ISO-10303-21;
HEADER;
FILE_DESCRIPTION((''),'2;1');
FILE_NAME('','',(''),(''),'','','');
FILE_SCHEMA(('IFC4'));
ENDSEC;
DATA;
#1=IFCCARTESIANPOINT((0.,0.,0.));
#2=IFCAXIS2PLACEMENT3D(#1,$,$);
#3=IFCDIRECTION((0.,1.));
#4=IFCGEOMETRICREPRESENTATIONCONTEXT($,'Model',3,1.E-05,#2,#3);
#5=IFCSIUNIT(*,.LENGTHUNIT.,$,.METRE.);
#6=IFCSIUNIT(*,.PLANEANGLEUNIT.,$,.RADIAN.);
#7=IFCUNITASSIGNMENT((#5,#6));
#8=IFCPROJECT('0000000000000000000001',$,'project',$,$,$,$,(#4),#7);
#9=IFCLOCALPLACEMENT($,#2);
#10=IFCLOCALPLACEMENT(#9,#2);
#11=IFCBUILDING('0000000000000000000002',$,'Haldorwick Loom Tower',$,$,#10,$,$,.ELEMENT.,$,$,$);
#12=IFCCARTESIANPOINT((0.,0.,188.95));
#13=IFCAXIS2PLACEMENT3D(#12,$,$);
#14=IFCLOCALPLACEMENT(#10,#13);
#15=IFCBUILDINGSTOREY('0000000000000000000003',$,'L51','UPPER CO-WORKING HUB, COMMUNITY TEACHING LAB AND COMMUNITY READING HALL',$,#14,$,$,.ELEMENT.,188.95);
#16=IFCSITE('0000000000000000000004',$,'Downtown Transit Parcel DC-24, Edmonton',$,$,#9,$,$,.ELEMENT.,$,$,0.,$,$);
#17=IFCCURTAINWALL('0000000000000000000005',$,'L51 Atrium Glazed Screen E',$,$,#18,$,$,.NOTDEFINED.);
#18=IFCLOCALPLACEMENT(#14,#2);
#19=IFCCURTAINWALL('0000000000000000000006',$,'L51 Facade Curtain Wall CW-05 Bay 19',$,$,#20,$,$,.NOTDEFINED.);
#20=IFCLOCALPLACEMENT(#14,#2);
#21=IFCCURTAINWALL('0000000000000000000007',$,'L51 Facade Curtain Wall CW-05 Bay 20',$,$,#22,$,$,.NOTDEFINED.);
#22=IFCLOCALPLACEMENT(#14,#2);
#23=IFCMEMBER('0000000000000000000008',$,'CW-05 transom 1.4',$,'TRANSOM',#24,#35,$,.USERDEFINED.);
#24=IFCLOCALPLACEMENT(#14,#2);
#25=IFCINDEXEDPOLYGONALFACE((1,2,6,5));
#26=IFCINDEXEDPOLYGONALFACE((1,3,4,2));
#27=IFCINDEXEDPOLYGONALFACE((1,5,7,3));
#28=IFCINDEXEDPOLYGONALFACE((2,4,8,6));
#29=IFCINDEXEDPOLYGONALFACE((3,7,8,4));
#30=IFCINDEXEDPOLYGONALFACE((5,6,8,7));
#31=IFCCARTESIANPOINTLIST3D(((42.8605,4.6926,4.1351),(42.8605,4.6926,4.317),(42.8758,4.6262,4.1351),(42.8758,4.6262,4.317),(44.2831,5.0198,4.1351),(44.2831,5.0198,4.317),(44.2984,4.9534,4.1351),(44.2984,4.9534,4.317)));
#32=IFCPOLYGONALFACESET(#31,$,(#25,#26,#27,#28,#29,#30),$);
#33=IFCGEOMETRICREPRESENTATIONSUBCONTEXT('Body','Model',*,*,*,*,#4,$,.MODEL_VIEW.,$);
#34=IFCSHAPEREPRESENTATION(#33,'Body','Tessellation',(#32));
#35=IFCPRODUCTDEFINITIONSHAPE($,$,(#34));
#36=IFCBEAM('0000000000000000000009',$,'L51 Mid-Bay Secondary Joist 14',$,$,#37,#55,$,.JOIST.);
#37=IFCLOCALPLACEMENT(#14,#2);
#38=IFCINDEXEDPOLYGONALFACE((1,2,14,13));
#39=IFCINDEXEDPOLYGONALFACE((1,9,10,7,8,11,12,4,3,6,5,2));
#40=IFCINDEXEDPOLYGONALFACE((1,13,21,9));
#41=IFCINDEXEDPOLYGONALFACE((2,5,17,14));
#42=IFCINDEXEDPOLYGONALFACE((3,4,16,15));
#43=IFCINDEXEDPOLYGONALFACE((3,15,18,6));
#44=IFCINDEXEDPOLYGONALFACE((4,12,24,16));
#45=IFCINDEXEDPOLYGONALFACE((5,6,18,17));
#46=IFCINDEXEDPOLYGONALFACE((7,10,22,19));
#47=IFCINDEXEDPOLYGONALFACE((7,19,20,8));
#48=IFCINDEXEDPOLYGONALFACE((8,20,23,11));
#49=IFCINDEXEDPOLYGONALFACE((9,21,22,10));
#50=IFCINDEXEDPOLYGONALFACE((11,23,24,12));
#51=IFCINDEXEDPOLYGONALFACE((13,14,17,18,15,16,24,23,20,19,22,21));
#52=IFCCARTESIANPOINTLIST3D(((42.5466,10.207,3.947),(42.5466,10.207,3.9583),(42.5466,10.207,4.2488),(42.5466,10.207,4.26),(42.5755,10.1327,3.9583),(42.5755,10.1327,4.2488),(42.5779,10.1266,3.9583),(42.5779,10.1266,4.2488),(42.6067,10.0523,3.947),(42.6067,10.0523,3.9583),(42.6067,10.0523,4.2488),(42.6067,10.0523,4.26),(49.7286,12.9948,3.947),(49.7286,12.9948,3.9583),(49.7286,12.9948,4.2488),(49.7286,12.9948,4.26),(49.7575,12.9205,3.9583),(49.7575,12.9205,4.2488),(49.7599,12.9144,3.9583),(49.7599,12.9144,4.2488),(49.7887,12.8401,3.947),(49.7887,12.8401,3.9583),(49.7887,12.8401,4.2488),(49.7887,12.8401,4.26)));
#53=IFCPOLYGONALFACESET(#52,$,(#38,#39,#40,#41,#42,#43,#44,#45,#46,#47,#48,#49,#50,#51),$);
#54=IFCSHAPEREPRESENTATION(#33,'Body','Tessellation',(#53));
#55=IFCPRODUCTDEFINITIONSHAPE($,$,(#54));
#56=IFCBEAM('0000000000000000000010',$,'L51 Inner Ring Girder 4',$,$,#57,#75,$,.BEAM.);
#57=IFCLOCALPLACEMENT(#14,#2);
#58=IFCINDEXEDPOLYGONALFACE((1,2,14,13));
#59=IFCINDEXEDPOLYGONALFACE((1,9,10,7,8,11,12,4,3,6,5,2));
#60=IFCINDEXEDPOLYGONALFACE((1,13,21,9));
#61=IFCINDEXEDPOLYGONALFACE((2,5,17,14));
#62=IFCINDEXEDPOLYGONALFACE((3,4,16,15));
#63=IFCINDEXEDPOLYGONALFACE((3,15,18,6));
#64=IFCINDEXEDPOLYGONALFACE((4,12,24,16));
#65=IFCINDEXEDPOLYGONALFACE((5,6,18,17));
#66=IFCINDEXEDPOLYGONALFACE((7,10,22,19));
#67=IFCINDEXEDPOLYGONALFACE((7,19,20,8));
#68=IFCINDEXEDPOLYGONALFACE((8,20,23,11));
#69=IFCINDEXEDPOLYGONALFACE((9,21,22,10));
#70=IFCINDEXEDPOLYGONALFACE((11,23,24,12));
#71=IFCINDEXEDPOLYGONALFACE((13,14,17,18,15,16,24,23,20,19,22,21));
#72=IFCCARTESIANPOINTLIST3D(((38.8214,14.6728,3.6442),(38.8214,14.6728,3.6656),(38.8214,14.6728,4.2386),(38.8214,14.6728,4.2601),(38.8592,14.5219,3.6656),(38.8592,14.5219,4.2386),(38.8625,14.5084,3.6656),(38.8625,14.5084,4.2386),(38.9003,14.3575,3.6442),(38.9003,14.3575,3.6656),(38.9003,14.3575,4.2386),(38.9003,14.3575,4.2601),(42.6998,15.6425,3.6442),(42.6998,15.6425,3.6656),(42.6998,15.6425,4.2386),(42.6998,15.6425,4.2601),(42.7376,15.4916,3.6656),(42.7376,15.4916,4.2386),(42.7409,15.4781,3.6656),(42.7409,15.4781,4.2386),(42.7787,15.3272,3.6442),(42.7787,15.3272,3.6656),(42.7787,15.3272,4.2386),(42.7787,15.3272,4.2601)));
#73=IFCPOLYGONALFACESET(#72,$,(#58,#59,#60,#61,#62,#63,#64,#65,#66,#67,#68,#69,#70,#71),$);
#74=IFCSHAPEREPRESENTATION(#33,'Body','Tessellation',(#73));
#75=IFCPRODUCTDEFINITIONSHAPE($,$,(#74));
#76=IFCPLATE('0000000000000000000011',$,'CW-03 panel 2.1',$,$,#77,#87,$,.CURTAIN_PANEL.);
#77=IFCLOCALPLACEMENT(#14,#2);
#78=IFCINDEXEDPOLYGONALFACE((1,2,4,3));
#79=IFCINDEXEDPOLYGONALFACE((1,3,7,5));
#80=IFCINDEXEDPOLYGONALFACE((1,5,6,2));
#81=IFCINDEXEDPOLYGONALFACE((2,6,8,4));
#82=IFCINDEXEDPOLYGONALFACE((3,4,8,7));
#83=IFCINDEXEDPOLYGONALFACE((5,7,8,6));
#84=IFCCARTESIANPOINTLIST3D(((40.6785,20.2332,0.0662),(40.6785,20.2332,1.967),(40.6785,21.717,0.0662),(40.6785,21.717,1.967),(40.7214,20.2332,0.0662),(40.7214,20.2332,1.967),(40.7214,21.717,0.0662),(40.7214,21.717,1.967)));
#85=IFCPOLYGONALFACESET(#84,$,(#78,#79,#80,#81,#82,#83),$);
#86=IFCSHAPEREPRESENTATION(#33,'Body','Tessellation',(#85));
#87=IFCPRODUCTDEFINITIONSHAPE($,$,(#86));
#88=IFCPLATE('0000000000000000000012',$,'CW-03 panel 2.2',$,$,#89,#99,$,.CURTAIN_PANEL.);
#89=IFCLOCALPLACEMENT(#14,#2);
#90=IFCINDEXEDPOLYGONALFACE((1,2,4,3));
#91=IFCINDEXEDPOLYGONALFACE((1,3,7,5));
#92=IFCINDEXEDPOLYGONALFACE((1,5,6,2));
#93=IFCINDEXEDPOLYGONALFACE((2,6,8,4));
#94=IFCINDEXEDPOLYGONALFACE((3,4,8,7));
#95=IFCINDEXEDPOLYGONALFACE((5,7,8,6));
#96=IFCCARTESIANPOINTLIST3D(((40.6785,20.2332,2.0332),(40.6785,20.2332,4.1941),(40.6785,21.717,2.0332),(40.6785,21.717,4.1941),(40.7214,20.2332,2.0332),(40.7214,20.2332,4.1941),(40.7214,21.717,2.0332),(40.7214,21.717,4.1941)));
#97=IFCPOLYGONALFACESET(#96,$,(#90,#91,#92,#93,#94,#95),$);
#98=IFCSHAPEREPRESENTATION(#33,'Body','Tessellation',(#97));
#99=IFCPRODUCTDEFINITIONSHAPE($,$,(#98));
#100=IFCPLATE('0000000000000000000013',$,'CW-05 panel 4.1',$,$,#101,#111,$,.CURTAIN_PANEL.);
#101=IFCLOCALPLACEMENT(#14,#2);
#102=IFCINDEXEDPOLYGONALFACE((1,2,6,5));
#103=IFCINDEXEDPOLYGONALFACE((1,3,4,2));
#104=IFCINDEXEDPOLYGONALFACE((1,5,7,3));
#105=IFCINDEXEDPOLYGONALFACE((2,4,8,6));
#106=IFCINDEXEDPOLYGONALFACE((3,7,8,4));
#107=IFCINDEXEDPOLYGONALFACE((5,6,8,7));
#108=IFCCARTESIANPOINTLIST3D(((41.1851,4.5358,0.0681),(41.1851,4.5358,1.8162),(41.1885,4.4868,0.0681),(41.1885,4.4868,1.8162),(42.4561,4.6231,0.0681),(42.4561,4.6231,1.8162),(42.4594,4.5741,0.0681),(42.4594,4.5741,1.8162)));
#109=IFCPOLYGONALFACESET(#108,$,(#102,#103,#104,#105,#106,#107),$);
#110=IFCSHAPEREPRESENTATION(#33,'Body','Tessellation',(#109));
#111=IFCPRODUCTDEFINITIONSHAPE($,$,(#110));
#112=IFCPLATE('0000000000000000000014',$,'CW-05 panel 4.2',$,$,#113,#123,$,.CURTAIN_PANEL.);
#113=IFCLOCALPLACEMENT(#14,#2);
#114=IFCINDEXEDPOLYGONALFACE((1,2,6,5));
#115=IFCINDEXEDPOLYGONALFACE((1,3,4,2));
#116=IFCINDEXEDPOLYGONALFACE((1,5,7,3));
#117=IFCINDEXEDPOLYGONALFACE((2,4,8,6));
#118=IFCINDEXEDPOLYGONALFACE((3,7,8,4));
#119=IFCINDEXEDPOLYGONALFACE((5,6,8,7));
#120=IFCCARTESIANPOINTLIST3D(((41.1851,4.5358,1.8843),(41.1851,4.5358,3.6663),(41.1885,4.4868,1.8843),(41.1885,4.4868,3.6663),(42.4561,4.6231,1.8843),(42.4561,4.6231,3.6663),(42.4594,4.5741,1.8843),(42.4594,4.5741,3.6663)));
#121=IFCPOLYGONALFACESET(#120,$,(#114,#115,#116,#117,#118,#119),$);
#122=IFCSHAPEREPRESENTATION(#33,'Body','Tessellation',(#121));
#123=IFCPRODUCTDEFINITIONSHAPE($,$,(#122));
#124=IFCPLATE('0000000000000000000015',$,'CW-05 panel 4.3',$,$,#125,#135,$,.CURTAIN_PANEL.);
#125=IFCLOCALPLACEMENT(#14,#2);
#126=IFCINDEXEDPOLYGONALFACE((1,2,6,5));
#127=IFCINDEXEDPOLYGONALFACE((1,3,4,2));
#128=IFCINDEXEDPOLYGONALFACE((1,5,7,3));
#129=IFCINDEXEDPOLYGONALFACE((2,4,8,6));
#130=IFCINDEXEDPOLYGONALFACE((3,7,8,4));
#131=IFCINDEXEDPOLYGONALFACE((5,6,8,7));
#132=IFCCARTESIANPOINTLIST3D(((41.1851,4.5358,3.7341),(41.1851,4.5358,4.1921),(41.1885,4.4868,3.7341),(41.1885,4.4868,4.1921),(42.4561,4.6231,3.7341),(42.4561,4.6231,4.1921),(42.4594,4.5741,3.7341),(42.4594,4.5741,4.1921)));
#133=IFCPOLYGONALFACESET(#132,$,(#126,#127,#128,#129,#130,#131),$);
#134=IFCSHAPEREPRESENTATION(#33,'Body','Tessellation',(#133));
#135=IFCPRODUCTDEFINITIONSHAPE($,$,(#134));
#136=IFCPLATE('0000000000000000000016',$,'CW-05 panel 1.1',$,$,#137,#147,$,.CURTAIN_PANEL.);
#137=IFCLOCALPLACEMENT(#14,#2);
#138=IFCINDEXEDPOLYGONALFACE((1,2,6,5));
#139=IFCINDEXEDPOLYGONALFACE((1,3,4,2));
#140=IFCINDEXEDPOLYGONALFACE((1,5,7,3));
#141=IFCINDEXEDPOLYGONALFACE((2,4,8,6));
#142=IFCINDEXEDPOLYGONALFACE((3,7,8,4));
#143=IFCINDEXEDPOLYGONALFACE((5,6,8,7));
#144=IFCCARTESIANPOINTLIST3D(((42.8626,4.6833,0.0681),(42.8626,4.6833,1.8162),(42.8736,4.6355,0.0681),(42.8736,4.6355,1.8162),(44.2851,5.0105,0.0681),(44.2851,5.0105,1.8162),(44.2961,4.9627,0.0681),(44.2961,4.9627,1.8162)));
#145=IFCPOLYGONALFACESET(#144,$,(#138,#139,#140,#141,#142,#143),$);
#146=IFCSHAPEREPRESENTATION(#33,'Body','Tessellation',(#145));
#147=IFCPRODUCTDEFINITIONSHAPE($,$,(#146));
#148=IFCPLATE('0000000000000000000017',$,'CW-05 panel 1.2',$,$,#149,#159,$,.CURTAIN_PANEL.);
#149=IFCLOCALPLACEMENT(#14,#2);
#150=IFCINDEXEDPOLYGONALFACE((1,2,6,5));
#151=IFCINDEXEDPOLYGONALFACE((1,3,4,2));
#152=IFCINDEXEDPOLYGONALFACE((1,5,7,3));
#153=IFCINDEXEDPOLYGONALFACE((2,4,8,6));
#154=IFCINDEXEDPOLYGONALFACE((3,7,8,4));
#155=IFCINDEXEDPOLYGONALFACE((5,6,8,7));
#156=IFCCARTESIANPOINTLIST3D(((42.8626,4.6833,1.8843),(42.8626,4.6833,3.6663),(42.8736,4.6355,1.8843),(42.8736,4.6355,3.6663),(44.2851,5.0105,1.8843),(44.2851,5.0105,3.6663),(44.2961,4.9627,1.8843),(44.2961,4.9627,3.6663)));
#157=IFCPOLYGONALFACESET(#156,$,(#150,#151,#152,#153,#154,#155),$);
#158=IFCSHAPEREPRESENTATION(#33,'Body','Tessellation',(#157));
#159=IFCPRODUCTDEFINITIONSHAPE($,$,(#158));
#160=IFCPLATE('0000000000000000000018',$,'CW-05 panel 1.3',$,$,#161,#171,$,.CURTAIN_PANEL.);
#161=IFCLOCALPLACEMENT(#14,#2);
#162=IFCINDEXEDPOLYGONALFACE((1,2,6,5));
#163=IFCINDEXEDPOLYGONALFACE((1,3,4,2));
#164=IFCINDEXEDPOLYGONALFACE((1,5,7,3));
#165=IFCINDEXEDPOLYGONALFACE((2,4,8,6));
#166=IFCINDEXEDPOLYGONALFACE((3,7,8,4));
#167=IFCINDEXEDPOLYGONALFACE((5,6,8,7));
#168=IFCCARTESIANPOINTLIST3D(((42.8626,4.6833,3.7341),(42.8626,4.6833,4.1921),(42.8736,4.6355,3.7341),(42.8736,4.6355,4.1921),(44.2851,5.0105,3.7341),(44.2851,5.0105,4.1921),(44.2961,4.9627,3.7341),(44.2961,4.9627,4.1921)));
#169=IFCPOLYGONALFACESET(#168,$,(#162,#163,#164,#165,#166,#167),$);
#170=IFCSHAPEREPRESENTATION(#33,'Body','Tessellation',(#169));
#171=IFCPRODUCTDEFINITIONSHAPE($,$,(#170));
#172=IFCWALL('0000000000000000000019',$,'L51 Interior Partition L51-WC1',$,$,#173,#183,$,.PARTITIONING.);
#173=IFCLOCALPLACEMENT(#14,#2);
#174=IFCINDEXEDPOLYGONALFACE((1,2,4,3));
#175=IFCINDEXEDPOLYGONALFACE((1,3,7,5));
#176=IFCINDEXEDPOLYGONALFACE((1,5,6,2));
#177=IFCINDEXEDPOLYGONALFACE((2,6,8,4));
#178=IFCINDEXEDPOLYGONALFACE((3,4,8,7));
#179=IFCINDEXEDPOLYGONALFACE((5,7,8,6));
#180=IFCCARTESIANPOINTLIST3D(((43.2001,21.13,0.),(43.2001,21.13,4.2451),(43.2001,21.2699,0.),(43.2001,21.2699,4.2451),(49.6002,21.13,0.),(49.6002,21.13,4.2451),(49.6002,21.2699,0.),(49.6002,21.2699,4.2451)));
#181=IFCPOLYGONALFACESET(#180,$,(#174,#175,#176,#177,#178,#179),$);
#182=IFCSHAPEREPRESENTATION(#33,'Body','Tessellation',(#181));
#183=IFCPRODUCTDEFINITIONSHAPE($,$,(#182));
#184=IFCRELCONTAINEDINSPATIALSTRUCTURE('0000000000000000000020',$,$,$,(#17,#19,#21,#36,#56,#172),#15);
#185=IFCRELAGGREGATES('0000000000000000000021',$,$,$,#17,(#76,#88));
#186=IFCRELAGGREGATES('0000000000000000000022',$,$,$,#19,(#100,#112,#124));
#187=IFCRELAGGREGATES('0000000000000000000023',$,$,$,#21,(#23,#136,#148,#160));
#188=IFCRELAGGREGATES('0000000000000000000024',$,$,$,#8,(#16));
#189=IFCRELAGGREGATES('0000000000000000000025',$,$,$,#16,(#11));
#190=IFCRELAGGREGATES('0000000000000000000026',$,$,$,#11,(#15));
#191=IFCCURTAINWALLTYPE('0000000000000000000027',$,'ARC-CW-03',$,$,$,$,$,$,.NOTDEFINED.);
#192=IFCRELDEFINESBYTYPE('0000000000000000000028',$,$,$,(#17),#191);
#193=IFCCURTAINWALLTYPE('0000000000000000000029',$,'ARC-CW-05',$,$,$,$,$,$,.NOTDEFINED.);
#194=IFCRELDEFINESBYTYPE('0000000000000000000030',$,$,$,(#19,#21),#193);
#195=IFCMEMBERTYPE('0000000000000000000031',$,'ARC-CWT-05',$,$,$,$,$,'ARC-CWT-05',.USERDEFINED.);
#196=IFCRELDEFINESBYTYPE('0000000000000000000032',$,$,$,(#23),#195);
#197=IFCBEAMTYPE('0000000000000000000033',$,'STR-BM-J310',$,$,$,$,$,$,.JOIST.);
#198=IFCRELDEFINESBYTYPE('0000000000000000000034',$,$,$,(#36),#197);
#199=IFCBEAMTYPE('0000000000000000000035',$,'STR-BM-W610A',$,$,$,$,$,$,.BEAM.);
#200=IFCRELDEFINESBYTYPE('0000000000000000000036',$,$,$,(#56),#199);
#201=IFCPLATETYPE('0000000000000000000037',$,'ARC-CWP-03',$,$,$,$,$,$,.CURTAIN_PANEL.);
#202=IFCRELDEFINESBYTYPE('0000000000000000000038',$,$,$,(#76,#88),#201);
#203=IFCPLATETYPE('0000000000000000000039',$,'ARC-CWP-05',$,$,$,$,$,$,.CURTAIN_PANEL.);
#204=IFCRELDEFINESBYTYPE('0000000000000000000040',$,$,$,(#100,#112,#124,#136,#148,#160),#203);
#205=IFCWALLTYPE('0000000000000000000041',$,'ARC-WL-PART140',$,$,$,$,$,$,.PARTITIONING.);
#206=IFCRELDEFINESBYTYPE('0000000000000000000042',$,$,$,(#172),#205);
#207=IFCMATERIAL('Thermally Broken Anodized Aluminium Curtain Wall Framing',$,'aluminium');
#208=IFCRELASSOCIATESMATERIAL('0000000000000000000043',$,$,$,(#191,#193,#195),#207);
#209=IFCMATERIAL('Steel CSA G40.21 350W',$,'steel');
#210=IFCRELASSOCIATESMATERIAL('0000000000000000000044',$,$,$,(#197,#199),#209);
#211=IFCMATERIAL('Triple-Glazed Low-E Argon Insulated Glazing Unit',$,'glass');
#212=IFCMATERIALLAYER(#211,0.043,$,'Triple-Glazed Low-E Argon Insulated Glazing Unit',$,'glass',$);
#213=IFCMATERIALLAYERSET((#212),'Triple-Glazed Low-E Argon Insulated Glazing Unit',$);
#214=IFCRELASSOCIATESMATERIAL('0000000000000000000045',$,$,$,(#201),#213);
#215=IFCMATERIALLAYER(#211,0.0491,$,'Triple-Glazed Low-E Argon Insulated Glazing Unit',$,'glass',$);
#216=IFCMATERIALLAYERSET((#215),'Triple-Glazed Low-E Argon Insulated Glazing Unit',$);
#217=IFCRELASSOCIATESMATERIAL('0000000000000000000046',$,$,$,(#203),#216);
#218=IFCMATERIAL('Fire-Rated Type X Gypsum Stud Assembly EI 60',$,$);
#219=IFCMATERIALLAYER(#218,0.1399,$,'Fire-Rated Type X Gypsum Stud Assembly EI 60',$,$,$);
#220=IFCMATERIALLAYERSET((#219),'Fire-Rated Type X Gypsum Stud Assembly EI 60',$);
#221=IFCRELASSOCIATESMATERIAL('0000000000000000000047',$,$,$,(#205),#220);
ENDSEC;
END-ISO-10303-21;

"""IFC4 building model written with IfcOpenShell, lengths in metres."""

from ifc_helpers import new_model, si_unit, direction, frame, frame_2d, origin, origin_2d, place, context, subcontext, project, spatial, rectangle, i_section, extrude, material, layer, layer_set, material_profile, profile_set, type_object, element, aggregate, save


model = new_model("IFC4")

# Units and contexts
model_context = context("Model", 3, precision=1e-05, world=origin(), true_north=direction((0.0, 1.0)))
body_context = subcontext(model_context, "Body", "Model", "MODEL_VIEW")
ifc_project = project(units=[si_unit("LENGTHUNIT", "METRE"), si_unit("PLANEANGLEUNIT", "RADIAN")], contexts=[model_context])

# Site, building, storey
site_placement = place(None, origin())
site = spatial("IfcSite", under=ifc_project, at=site_placement, Name="Downtown Transit Parcel DC-24, Edmonton", CompositionType="ELEMENT", RefElevation=0.0)
building_placement = place(site_placement, origin())
building = spatial("IfcBuilding", under=site, at=building_placement, Name="Haldorwick Loom Tower", CompositionType="ELEMENT")
storey_placement = place(building_placement, frame((0.0, 0.0, 188.95)))
storey = spatial("IfcBuildingStorey", under=building, at=storey_placement, Name="L51", Description="UPPER CO-WORKING HUB, COMMUNITY TEACHING LAB AND COMMUNITY READING HALL", CompositionType="ELEMENT", Elevation=188.95)

# Curtain wall
ifc_material_1 = material(Name="Thermally Broken Anodized Aluminium Curtain Wall Framing", Category="aluminium")
curtain_wall_type_1 = type_object("IfcCurtainWallType", Name="ARC-CW-03", PredefinedType="NOTDEFINED", material=ifc_material_1)
curtain_wall_1_placement = place(storey_placement, origin())
curtain_wall_1 = element("IfcCurtainWall", 1, at=curtain_wall_1_placement, inside=storey, type_object=curtain_wall_type_1, Name="L51 Atrium Glazed Screen E", PredefinedType="NOTDEFINED")

# Curtain wall
curtain_wall_type_2 = type_object("IfcCurtainWallType", Name="ARC-CW-05", PredefinedType="NOTDEFINED", material=ifc_material_1)
curtain_wall_2_placement = place(storey_placement, origin())
curtain_wall_2 = element("IfcCurtainWall", 2, at=curtain_wall_2_placement, inside=storey, type_object=curtain_wall_type_2, Name="L51 Facade Curtain Wall CW-05 Bay 19", PredefinedType="NOTDEFINED")

# Curtain wall
curtain_wall_3_placement = place(storey_placement, origin())
curtain_wall_3 = element("IfcCurtainWall", 3, at=curtain_wall_3_placement, inside=storey, type_object=curtain_wall_type_2, Name="L51 Facade Curtain Wall CW-05 Bay 20", PredefinedType="NOTDEFINED")

# Member
ifc_material_profile_1 = material_profile(ifc_material_1, rectangle(XDim=0.0681, YDim=0.1819, at=origin_2d()), Name="ALU_TRN_68X182", Category="aluminium")
ifc_profile_set_1 = profile_set([ifc_material_profile_1], Name="Thermally Broken Anodized Aluminium Curtain Wall Framing")
member_type_1 = type_object("IfcMemberType", Name="ARC-CWT-05", ElementType="ARC-CWT-05", PredefinedType="USERDEFINED", material=ifc_profile_set_1)
member_1_placement = place(storey_placement, frame((42.8682, 4.6594, 4.2261), z_axis=(0.974563, 0.224114, 0.0), x_axis=(-0.224114, 0.974563, 0.0)))
member_1 = element("IfcMember", 4, at=member_1_placement, type_object=member_type_1, Name="CW-05 transom 1.4", ObjectType="TRANSOM", PredefinedType="USERDEFINED", context=body_context, shape_type="SweptSolid", body=[
    extrude(rectangle(XDim=0.0681, YDim=0.1819, at=origin_2d()), origin(), (0.0, 0.0, 1.0), 1.4597),
])

# Beams
ifc_material_2 = material(Name="Steel CSA G40.21 350W", Category="steel")
ifc_material_profile_2 = material_profile(ifc_material_2, i_section(OverallWidth=0.166, OverallDepth=0.313, WebThickness=0.0066, FlangeThickness=0.0112, at=origin_2d()), Name="W310X45", Category="steel")
ifc_profile_set_2 = profile_set([ifc_material_profile_2], Name="Steel CSA G40.21 350W")
beam_type_1 = type_object("IfcBeamType", Name="STR-BM-J310", PredefinedType="JOIST", material=ifc_profile_set_2)
beam_1_placement = place(storey_placement, frame((42.5767, 10.1296, 4.1035), z_axis=(0.932233, 0.361859, 0.0), x_axis=(-0.361859, 0.932233, 0.0)))
element("IfcBeam", 5, at=beam_1_placement, inside=storey, type_object=beam_type_1, Name="L51 Mid-Bay Secondary Joist 14", PredefinedType="JOIST", context=body_context, shape_type="SweptSolid", body=[
    extrude(i_section(OverallWidth=0.166, OverallDepth=0.313, WebThickness=0.0066, FlangeThickness=0.0112, at=origin_2d()), origin(), (0.0, 0.0, 1.0), 7.7041),
])
ifc_material_profile_3 = material_profile(ifc_material_2, i_section(OverallWidth=0.325, OverallDepth=0.616, WebThickness=0.0139, FlangeThickness=0.0215, at=origin_2d()), Name="W610X174", Category="steel")
ifc_profile_set_3 = profile_set([ifc_material_profile_3], Name="Steel CSA G40.21 350W")
beam_type_2 = type_object("IfcBeamType", Name="STR-BM-W610A", PredefinedType="BEAM", material=ifc_profile_set_3)
beam_2_placement = place(storey_placement, frame((42.7393, 15.4849, 3.9521), z_axis=(-0.970135, -0.242564, 0.0), x_axis=(0.242564, -0.970135, 0.0)))
element("IfcBeam", 6, at=beam_2_placement, inside=storey, type_object=beam_type_2, Name="L51 Inner Ring Girder 4", PredefinedType="BEAM", context=body_context, shape_type="SweptSolid", body=[
    extrude(i_section(OverallWidth=0.325, OverallDepth=0.616, WebThickness=0.0139, FlangeThickness=0.0215, at=origin_2d()), origin(), (0.0, 0.0, 1.0), 3.9978),
])

# Plates
ifc_material_3 = material(Name="Triple-Glazed Low-E Argon Insulated Glazing Unit", Category="glass")
ifc_layer_1 = layer(ifc_material_3, 0.043, Name="Triple-Glazed Low-E Argon Insulated Glazing Unit", Category="glass")
ifc_layer_set_1 = layer_set([ifc_layer_1], Name="Triple-Glazed Low-E Argon Insulated Glazing Unit")
plate_type_1 = type_object("IfcPlateType", Name="ARC-CWP-03", PredefinedType="CURTAIN_PANEL", material=ifc_layer_set_1)
plate_1_placement = place(storey_placement, frame((40.7, 20.9751, 0.0662), z_axis=(0.0, 0.0, 1.0), x_axis=(0.0, -1.0, 0.0)))
plate_1 = element("IfcPlate", 7, at=plate_1_placement, type_object=plate_type_1, Name="CW-03 panel 2.1", PredefinedType="CURTAIN_PANEL", context=body_context, shape_type="SweptSolid", body=[
    extrude(rectangle(XDim=1.4839, YDim=0.043, at=origin_2d()), origin(), (0.0, 0.0, 1.0), 1.9009),
])
plate_2_placement = place(storey_placement, frame((40.7, 20.9751, 2.0332), z_axis=(0.0, 0.0, 1.0), x_axis=(0.0, -1.0, 0.0)))
plate_2 = element("IfcPlate", 8, at=plate_2_placement, type_object=plate_type_1, Name="CW-03 panel 2.2", PredefinedType="CURTAIN_PANEL", context=body_context, shape_type="SweptSolid", body=[
    extrude(rectangle(XDim=1.4839, YDim=0.043, at=origin_2d()), origin(), (0.0, 0.0, 1.0), 2.1609),
])
aggregate(curtain_wall_1, [plate_1, plate_2])
ifc_layer_2 = layer(ifc_material_3, 0.0491, Name="Triple-Glazed Low-E Argon Insulated Glazing Unit", Category="glass")
ifc_layer_set_2 = layer_set([ifc_layer_2], Name="Triple-Glazed Low-E Argon Insulated Glazing Unit")
plate_type_2 = type_object("IfcPlateType", Name="ARC-CWP-05", PredefinedType="CURTAIN_PANEL", material=ifc_layer_set_2)
plate_3_placement = place(storey_placement, frame((41.8223, 4.5549, 0.0681), z_axis=(0.0, 0.0, 1.0), x_axis=(0.99765, 0.068513, 0.0)))
plate_3 = element("IfcPlate", 9, at=plate_3_placement, type_object=plate_type_2, Name="CW-05 panel 4.1", PredefinedType="CURTAIN_PANEL", context=body_context, shape_type="SweptSolid", body=[
    extrude(rectangle(XDim=1.2739, YDim=0.0491, at=origin_2d()), origin(), (0.0, 0.0, 1.0), 1.748),
])
plate_4_placement = place(storey_placement, frame((41.8223, 4.5549, 1.8843), z_axis=(0.0, 0.0, 1.0), x_axis=(0.99765, 0.068513, 0.0)))
plate_4 = element("IfcPlate", 10, at=plate_4_placement, type_object=plate_type_2, Name="CW-05 panel 4.2", PredefinedType="CURTAIN_PANEL", context=body_context, shape_type="SweptSolid", body=[
    extrude(rectangle(XDim=1.2739, YDim=0.0491, at=origin_2d()), origin(), (0.0, 0.0, 1.0), 1.782),
])
plate_5_placement = place(storey_placement, frame((41.8223, 4.5549, 3.7341), z_axis=(0.0, 0.0, 1.0), x_axis=(0.99765, 0.068513, 0.0)))
plate_5 = element("IfcPlate", 11, at=plate_5_placement, type_object=plate_type_2, Name="CW-05 panel 4.3", PredefinedType="CURTAIN_PANEL", context=body_context, shape_type="SweptSolid", body=[
    extrude(rectangle(XDim=1.2739, YDim=0.0491, at=origin_2d()), origin(), (0.0, 0.0, 1.0), 0.458),
])
aggregate(curtain_wall_2, [plate_3, plate_4, plate_5])
plate_6_placement = place(storey_placement, frame((43.5793, 4.823, 0.0681), z_axis=(0.0, 0.0, 1.0), x_axis=(0.974557, 0.224142, 0.0)))
plate_6 = element("IfcPlate", 12, at=plate_6_placement, type_object=plate_type_2, Name="CW-05 panel 1.1", PredefinedType="CURTAIN_PANEL", context=body_context, shape_type="SweptSolid", body=[
    extrude(rectangle(XDim=1.4597, YDim=0.0491, at=origin_2d()), origin(), (0.0, 0.0, 1.0), 1.748),
])
plate_7_placement = place(storey_placement, frame((43.5793, 4.823, 1.8843), z_axis=(0.0, 0.0, 1.0), x_axis=(0.974557, 0.224142, 0.0)))
plate_7 = element("IfcPlate", 13, at=plate_7_placement, type_object=plate_type_2, Name="CW-05 panel 1.2", PredefinedType="CURTAIN_PANEL", context=body_context, shape_type="SweptSolid", body=[
    extrude(rectangle(XDim=1.4597, YDim=0.0491, at=origin_2d()), origin(), (0.0, 0.0, 1.0), 1.782),
])
plate_8_placement = place(storey_placement, frame((43.5793, 4.823, 3.7341), z_axis=(0.0, 0.0, 1.0), x_axis=(0.974557, 0.224142, 0.0)))
plate_8 = element("IfcPlate", 14, at=plate_8_placement, type_object=plate_type_2, Name="CW-05 panel 1.3", PredefinedType="CURTAIN_PANEL", context=body_context, shape_type="SweptSolid", body=[
    extrude(rectangle(XDim=1.4597, YDim=0.0491, at=origin_2d()), origin(), (0.0, 0.0, 1.0), 0.458),
])
aggregate(curtain_wall_3, [member_1, plate_6, plate_7, plate_8])

# Wall
ifc_material_4 = material(Name="Fire-Rated Type X Gypsum Stud Assembly EI 60")
ifc_layer_3 = layer(ifc_material_4, 0.1399, Name="Fire-Rated Type X Gypsum Stud Assembly EI 60")
ifc_layer_set_3 = layer_set([ifc_layer_3], Name="Fire-Rated Type X Gypsum Stud Assembly EI 60")
wall_type = type_object("IfcWallType", Name="ARC-WL-PART140", PredefinedType="PARTITIONING", material=ifc_layer_set_3)
wall_1_placement = place(storey_placement, frame((43.2, 21.2, 0.0), z_axis=(0.0, 0.0, 1.0), x_axis=(1.0, 0.0, 0.0)))
element("IfcWall", 15, at=wall_1_placement, inside=storey, type_object=wall_type, Name="L51 Interior Partition L51-WC1", PredefinedType="PARTITIONING", context=body_context, shape_type="SweptSolid", body=[
    extrude(rectangle(XDim=6.4001, YDim=0.1399, at=frame_2d((3.2002, 0.0))), origin(), (0.0, 0.0, 1.0), 4.2451),
])

save(model, "model.ifc")
